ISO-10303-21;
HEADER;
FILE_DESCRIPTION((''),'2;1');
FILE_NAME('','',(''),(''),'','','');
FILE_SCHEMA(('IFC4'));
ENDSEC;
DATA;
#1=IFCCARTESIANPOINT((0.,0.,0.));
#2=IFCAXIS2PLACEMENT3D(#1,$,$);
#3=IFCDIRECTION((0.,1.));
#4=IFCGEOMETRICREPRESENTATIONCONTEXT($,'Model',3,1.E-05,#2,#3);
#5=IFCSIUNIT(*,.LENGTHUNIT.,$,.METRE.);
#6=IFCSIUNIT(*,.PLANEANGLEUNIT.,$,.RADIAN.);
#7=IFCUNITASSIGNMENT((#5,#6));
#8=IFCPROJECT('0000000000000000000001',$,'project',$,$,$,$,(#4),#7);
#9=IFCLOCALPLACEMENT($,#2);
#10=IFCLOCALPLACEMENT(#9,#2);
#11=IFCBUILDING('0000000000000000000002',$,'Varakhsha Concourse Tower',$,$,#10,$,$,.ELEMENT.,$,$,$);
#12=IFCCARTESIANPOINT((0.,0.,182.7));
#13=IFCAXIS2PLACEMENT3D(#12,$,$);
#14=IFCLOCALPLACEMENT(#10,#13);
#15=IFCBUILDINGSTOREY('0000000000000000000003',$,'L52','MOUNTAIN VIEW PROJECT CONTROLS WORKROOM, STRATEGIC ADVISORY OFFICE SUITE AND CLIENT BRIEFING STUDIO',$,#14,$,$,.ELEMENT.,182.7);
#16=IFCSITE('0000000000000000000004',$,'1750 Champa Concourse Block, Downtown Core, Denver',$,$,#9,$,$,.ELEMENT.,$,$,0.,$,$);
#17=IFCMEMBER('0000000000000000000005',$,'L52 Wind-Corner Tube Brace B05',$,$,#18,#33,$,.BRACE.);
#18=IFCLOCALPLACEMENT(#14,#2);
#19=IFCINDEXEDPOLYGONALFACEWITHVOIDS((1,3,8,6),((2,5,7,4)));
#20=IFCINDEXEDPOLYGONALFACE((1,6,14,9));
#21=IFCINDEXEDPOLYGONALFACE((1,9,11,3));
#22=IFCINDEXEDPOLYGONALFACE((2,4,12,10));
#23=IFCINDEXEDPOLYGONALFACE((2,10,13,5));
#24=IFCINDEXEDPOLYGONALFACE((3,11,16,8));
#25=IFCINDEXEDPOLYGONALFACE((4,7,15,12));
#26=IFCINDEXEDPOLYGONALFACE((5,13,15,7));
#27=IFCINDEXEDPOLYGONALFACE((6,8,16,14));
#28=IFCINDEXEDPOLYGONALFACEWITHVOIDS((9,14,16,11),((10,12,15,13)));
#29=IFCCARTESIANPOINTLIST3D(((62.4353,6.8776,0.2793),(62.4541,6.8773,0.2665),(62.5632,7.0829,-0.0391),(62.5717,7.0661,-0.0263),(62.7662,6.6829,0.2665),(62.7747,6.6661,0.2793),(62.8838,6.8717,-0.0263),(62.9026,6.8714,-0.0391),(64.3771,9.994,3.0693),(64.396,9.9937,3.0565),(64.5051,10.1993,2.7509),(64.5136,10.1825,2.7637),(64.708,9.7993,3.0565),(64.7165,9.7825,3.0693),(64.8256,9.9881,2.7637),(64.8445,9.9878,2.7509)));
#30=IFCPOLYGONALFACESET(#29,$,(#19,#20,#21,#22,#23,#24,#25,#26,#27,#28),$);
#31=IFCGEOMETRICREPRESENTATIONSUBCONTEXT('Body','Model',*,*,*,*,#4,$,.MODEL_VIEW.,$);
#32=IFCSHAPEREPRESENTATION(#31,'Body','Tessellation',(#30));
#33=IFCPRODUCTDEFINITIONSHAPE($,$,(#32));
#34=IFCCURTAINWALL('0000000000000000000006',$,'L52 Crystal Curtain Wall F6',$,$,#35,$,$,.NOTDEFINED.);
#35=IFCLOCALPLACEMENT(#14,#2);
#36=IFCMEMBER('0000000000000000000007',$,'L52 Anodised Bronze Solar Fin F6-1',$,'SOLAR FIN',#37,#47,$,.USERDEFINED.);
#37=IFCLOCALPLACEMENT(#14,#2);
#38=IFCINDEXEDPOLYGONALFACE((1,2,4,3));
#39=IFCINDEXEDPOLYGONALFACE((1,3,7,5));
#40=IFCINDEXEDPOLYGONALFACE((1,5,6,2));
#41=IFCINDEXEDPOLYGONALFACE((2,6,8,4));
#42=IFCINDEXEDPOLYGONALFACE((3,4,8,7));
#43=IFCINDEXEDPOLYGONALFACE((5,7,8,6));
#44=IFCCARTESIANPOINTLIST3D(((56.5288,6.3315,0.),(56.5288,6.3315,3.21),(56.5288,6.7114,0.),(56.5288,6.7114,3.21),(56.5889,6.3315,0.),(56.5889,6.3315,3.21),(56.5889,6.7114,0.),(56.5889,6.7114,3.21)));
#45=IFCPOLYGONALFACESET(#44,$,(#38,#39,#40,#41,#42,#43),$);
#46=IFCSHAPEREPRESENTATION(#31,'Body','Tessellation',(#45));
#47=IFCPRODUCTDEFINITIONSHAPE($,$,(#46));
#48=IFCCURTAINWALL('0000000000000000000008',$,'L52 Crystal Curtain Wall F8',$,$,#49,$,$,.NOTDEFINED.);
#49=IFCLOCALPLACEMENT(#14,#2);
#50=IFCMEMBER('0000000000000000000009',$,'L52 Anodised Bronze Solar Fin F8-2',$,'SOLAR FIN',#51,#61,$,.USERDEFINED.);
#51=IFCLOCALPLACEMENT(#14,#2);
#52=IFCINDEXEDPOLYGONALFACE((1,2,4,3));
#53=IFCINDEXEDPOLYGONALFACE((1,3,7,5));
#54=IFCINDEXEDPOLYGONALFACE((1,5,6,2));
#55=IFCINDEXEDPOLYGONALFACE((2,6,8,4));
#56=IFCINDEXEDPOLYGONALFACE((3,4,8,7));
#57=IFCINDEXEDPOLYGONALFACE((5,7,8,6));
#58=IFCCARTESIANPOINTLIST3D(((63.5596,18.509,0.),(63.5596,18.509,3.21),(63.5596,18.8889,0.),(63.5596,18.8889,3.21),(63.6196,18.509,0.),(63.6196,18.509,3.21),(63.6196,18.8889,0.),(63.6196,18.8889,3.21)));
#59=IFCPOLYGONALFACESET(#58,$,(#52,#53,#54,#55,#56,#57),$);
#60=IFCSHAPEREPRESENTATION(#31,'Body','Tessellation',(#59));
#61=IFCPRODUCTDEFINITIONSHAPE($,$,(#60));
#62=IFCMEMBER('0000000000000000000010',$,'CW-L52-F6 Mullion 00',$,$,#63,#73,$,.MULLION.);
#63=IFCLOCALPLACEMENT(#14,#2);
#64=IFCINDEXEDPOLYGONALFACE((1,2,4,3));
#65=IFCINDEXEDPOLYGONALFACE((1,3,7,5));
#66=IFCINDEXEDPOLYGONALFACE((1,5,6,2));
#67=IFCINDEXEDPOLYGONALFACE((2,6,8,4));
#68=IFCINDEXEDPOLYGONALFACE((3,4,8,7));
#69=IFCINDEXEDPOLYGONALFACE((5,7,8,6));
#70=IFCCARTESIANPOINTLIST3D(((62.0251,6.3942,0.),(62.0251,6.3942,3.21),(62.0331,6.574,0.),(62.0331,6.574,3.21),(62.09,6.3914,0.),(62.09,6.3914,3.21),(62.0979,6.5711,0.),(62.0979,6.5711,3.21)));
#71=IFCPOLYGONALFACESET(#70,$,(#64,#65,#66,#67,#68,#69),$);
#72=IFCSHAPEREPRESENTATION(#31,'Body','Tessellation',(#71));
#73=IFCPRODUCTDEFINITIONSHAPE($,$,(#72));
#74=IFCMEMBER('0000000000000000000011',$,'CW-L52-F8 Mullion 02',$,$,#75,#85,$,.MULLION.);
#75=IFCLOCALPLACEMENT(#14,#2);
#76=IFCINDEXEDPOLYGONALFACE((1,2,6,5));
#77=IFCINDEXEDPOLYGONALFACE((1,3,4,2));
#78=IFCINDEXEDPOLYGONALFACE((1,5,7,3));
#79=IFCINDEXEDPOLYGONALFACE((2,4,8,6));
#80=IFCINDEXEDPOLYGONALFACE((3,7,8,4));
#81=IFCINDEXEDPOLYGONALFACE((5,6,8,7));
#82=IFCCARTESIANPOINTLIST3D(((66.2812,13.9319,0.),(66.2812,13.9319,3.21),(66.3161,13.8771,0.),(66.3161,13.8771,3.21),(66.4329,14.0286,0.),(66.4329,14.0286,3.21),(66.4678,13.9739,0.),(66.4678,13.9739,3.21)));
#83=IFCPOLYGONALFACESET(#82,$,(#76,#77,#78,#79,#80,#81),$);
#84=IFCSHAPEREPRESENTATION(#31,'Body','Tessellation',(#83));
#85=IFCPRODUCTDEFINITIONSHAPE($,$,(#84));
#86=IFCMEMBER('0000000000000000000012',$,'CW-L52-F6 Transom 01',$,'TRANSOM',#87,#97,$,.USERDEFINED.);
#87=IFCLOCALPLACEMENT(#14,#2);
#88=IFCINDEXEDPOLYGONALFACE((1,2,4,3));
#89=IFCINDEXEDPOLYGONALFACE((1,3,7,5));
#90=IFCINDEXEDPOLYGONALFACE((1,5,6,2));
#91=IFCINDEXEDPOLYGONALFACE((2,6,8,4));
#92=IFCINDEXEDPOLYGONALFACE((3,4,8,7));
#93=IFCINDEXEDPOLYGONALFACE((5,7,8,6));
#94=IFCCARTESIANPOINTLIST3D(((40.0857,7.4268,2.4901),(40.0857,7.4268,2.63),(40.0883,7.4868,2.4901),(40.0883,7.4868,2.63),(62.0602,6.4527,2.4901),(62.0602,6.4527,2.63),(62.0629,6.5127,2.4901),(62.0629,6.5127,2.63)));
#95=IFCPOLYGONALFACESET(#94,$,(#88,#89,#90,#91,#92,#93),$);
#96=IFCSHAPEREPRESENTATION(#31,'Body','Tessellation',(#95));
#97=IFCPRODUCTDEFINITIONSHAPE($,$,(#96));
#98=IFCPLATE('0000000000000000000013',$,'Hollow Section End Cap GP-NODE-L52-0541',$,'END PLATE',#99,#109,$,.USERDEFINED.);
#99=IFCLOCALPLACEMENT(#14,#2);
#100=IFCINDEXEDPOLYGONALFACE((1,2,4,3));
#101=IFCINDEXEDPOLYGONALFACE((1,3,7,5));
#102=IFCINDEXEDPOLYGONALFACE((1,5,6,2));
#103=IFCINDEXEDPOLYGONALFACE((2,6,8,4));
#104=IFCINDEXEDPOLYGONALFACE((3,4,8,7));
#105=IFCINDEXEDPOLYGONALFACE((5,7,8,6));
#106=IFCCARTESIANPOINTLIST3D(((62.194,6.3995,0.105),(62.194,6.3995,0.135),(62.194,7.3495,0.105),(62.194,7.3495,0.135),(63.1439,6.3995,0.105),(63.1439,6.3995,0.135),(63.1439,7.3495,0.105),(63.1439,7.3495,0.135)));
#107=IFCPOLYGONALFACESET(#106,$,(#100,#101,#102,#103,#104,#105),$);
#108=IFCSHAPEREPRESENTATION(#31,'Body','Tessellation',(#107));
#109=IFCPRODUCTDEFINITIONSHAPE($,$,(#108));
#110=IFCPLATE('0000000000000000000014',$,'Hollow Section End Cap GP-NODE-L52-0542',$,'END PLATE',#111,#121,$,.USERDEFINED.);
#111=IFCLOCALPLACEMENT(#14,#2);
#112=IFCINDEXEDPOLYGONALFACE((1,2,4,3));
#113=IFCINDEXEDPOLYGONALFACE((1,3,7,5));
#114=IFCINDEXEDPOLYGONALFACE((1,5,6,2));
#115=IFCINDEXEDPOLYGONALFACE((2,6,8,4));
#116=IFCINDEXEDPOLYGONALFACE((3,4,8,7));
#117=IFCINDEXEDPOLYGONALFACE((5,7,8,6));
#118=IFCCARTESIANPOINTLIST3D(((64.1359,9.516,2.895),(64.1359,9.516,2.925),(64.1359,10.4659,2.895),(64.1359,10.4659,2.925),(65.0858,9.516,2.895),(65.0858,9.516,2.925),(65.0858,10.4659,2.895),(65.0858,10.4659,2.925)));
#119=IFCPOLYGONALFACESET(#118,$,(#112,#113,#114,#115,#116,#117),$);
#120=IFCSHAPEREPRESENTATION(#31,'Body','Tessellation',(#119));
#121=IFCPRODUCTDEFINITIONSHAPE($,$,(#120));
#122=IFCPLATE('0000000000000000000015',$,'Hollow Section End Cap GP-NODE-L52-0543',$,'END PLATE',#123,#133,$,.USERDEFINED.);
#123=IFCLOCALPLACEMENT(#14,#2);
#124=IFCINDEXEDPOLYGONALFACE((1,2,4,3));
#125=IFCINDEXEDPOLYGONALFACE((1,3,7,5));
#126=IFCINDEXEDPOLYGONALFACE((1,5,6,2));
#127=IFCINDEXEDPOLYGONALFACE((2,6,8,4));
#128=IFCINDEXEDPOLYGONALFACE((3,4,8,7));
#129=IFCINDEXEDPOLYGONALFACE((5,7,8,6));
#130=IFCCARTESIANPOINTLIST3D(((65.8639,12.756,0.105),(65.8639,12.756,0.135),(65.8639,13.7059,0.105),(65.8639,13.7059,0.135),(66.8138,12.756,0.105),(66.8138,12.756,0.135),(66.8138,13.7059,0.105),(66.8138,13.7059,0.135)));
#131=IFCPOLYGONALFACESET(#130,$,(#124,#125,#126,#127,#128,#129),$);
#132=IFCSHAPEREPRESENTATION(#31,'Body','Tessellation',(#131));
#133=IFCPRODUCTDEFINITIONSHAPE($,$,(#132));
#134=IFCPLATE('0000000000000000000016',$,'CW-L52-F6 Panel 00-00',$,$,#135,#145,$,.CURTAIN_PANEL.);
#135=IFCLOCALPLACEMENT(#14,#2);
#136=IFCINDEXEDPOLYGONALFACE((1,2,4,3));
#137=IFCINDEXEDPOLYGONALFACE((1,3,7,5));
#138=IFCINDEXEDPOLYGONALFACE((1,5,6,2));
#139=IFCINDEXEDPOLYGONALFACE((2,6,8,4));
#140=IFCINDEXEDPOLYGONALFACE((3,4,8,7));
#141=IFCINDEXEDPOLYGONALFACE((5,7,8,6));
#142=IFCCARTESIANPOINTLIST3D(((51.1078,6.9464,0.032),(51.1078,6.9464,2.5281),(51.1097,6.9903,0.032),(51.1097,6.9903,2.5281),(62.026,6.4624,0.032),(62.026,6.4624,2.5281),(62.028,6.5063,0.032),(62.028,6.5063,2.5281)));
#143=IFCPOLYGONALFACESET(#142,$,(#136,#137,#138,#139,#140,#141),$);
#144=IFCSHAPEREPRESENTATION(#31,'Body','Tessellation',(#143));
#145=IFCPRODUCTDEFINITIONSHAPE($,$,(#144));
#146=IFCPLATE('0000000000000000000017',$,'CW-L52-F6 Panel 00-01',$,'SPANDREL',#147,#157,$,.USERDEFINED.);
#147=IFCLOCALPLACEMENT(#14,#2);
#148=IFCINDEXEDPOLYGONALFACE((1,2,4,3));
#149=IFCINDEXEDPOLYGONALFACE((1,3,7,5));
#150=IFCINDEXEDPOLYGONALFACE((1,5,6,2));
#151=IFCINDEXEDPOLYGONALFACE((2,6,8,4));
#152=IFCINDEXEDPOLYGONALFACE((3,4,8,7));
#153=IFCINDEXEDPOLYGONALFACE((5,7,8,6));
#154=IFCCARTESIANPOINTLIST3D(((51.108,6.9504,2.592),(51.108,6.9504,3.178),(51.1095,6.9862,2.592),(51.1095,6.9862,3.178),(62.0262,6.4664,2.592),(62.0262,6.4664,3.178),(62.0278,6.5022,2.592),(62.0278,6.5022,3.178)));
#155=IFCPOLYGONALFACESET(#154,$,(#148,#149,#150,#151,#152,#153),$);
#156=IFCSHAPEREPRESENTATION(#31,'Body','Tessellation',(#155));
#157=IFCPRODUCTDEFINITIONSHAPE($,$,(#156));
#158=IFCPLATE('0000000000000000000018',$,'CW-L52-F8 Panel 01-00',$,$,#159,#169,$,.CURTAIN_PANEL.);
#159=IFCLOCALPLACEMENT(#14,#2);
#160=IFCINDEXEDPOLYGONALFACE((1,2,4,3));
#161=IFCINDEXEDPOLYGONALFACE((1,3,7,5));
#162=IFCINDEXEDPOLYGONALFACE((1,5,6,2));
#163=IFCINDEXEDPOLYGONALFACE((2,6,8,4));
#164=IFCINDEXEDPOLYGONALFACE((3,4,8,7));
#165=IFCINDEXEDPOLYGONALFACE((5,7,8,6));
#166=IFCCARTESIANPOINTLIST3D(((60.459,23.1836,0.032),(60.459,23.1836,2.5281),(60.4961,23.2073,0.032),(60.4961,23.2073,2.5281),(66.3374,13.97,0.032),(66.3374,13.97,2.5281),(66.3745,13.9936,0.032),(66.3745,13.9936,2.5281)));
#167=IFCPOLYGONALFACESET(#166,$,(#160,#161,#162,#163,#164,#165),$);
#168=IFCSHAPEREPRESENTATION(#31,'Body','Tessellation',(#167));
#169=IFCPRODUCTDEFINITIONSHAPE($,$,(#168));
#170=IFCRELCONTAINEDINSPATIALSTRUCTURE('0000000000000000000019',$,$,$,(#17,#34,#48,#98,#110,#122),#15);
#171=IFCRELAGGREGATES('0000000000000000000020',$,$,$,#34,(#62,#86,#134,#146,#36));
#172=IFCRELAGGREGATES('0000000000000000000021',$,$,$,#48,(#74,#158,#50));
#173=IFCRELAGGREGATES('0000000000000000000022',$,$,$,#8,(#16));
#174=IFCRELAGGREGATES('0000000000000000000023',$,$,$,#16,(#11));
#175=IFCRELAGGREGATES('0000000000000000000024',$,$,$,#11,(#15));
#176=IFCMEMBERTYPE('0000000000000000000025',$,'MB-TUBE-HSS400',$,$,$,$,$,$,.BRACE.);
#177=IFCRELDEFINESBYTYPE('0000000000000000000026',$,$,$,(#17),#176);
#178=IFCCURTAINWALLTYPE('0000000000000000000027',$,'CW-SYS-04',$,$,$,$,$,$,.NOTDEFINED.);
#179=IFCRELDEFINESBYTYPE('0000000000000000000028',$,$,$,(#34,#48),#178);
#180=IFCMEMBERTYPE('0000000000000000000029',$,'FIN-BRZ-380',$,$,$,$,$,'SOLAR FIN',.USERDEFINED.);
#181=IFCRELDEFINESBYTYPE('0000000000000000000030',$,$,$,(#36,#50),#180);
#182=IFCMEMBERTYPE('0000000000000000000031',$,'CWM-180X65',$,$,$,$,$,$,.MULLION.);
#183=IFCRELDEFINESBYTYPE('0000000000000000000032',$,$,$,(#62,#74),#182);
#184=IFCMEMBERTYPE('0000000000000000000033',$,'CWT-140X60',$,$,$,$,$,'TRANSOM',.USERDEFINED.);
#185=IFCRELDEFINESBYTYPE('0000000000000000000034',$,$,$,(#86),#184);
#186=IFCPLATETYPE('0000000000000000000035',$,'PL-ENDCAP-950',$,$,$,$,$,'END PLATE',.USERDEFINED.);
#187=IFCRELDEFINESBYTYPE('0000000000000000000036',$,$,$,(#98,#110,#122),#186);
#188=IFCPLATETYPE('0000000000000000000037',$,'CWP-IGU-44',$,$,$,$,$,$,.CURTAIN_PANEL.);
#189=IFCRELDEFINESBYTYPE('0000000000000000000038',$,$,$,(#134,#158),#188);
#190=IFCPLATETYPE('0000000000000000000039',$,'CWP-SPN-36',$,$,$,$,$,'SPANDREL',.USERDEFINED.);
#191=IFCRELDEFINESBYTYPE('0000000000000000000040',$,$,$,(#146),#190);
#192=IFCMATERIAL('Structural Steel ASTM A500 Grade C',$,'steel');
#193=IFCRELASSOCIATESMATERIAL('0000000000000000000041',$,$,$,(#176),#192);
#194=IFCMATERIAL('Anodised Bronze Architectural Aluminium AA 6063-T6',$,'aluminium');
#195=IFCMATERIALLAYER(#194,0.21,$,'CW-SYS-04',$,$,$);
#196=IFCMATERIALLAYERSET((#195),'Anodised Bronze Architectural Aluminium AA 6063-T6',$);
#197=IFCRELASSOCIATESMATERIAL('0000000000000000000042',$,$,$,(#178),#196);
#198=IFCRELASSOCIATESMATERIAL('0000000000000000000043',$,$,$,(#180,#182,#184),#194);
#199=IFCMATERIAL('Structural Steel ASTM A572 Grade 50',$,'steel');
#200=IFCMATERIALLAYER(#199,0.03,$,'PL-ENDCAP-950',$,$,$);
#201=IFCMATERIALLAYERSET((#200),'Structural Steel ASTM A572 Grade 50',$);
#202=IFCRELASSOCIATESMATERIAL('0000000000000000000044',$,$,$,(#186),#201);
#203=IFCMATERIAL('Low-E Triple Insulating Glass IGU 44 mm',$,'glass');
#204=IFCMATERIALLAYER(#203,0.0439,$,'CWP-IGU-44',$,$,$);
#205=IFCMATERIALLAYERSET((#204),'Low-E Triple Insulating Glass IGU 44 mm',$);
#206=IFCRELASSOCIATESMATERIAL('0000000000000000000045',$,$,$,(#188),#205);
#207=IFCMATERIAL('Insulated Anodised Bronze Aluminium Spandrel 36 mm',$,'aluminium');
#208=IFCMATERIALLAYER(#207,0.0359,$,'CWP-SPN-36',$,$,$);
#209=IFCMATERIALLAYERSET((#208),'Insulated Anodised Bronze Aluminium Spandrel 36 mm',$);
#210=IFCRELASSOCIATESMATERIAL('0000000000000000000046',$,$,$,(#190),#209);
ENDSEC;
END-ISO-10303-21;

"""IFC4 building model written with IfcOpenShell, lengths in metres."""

from ifc_helpers import new_model, si_unit, direction, frame, origin, origin_2d, place, context, subcontext, project, spatial, rectangle, hollow_rectangle, extrude, source, transform, mapped, material, layer, layer_set, material_profile, profile_set, type_object, type_shapes, element, aggregate, save


model = new_model("IFC4")

# Units and contexts
model_context = context("Model", 3, precision=1e-05, world=origin(), true_north=direction((0.0, 1.0)))
body_context = subcontext(model_context, "Body", "Model", "MODEL_VIEW")
ifc_project = project(units=[si_unit("LENGTHUNIT", "METRE"), si_unit("PLANEANGLEUNIT", "RADIAN")], contexts=[model_context])

# Site, building, storey
site_placement = place(None, origin())
site = spatial("IfcSite", under=ifc_project, at=site_placement, Name="1750 Champa Concourse Block, Downtown Core, Denver", CompositionType="ELEMENT", RefElevation=0.0)
building_placement = place(site_placement, origin())
building = spatial("IfcBuilding", under=site, at=building_placement, Name="Varakhsha Concourse Tower", CompositionType="ELEMENT")
storey_placement = place(building_placement, frame((0.0, 0.0, 182.7)))
storey = spatial("IfcBuildingStorey", under=building, at=storey_placement, Name="L52", Description="MOUNTAIN VIEW PROJECT CONTROLS WORKROOM, STRATEGIC ADVISORY OFFICE SUITE AND CLIENT BRIEFING STUDIO", CompositionType="ELEMENT", Elevation=182.7)

# Shared definitions
ifc_material_1 = material(Name="Structural Steel ASTM A572 Grade 50", Category="steel")

# Member
ifc_material_2 = material(Name="Structural Steel ASTM A500 Grade C", Category="steel")
ifc_material_profile_1 = material_profile(ifc_material_2, hollow_rectangle(XDim=0.3999, YDim=0.3999, WallThickness=0.0161, at=origin_2d()), Name="HSS 400x400x16")
ifc_profile_set_1 = profile_set([ifc_material_profile_1], Name="Structural Steel ASTM A500 Grade C")
member_type_1 = type_object("IfcMemberType", Name="MB-TUBE-HSS400", PredefinedType="BRACE", material=ifc_profile_set_1)
shared_shape_1 = source(origin(), body_context, "Body", "SweptSolid", [
    extrude(hollow_rectangle(XDim=0.3999, YDim=0.3999, WallThickness=0.0161, at=origin_2d()), origin(), (0.0, 0.0, 1.0), 4.6116),
])
member_1_placement = place(storey_placement, frame((62.6689, 6.8745, 0.1201), z_axis=(0.421082, 0.675775, 0.604994), x_axis=(-0.848718, 0.528845, 0.0)))
element("IfcMember", 1, at=member_1_placement, inside=storey, type_object=member_type_1, Name="L52 Wind-Corner Tube Brace B05", PredefinedType="BRACE", context=body_context, shape_type="MappedRepresentation", body=[
    mapped(shared_shape_1, transform((0.0, 0.0, 0.0), scale=1.0)),
])

# Curtain walls, members
ifc_material_3 = material(Name="Anodised Bronze Architectural Aluminium AA 6063-T6", Category="aluminium")
ifc_layer_1 = layer(ifc_material_3, 0.21, Name="CW-SYS-04")
ifc_layer_set_1 = layer_set([ifc_layer_1], Name="Anodised Bronze Architectural Aluminium AA 6063-T6")
curtain_wall_type = type_object("IfcCurtainWallType", Name="CW-SYS-04", PredefinedType="NOTDEFINED", material=ifc_layer_set_1)
curtain_wall_1_placement = place(storey_placement, origin())
curtain_wall_1 = element("IfcCurtainWall", 2, at=curtain_wall_1_placement, inside=storey, type_object=curtain_wall_type, Name="L52 Crystal Curtain Wall F6", PredefinedType="NOTDEFINED")
ifc_material_profile_2 = material_profile(ifc_material_3, rectangle(XDim=0.0601, YDim=0.3799, at=origin_2d()), Name="FIN-BRZ-380")
ifc_profile_set_2 = profile_set([ifc_material_profile_2], Name="Anodised Bronze Architectural Aluminium AA 6063-T6")
member_type_2 = type_object("IfcMemberType", Name="FIN-BRZ-380", ElementType="SOLAR FIN", PredefinedType="USERDEFINED", material=ifc_profile_set_2)
shared_shape_2 = source(origin(), body_context, "Body", "SweptSolid", [
    extrude(rectangle(XDim=0.0601, YDim=0.3799, at=origin_2d()), origin(), (0.0, 0.0, 1.0), 3.21),
])
type_shapes(member_type_2, [shared_shape_2])
member_2_placement = place(storey_placement, frame((56.5588, 6.5215, 0.0), z_axis=(0.0, 0.0, 1.0), x_axis=(1.0, 0.0, 0.0)))
member_2 = element("IfcMember", 3, at=member_2_placement, type_object=member_type_2, Name="L52 Anodised Bronze Solar Fin F6-1", ObjectType="SOLAR FIN", PredefinedType="USERDEFINED", context=body_context, shape_type="MappedRepresentation", body=[
    mapped(shared_shape_2, transform((0.0, 0.0, 0.0), scale=1.0)),
])
curtain_wall_2_placement = place(storey_placement, origin())
curtain_wall_2 = element("IfcCurtainWall", 4, at=curtain_wall_2_placement, inside=storey, type_object=curtain_wall_type, Name="L52 Crystal Curtain Wall F8", PredefinedType="NOTDEFINED")
member_3_placement = place(storey_placement, frame((63.5896, 18.699, 0.0), z_axis=(0.0, 0.0, 1.0), x_axis=(1.0, 0.0, 0.0)))
member_3 = element("IfcMember", 5, at=member_3_placement, type_object=member_type_2, Name="L52 Anodised Bronze Solar Fin F8-2", ObjectType="SOLAR FIN", PredefinedType="USERDEFINED", context=body_context, shape_type="MappedRepresentation", body=[
    mapped(shared_shape_2, transform((0.0, 0.0, 0.0), scale=1.0)),
])

# Members
ifc_material_profile_3 = material_profile(ifc_material_3, rectangle(XDim=0.0649, YDim=0.1799, at=origin_2d()), Name="CWM-180X65")
ifc_profile_set_3 = profile_set([ifc_material_profile_3], Name="Anodised Bronze Architectural Aluminium AA 6063-T6")
member_type_3 = type_object("IfcMemberType", Name="CWM-180X65", PredefinedType="MULLION", material=ifc_profile_set_3)
shared_shape_3 = source(origin(), body_context, "Body", "SweptSolid", [
    extrude(rectangle(XDim=0.0649, YDim=0.1799, at=origin_2d()), origin(), (0.0, 0.0, 1.0), 3.21),
])
type_shapes(member_type_3, [shared_shape_3])
member_4_placement = place(storey_placement, frame((62.0615, 6.4827, 0.0), z_axis=(0.0, 0.0, 1.0), x_axis=(-0.999019, 0.044285, 0.0)))
member_4 = element("IfcMember", 6, at=member_4_placement, type_object=member_type_3, Name="CW-L52-F6 Mullion 00", PredefinedType="MULLION", context=body_context, shape_type="MappedRepresentation", body=[
    mapped(shared_shape_3, transform((0.0, 0.0, 0.0), scale=1.0)),
])
member_5_placement = place(storey_placement, frame((66.3745, 13.9529, 0.0), z_axis=(0.0, 0.0, 1.0), x_axis=(0.537863, -0.843032, 0.0)))
member_5 = element("IfcMember", 7, at=member_5_placement, type_object=member_type_3, Name="CW-L52-F8 Mullion 02", PredefinedType="MULLION", context=body_context, shape_type="MappedRepresentation", body=[
    mapped(shared_shape_3, transform((0.0, 0.0, 0.0), scale=1.0)),
])
ifc_material_profile_4 = material_profile(ifc_material_3, rectangle(XDim=0.0601, YDim=0.1399, at=origin_2d()), Name="CWT-140X60")
ifc_profile_set_4 = profile_set([ifc_material_profile_4], Name="Anodised Bronze Architectural Aluminium AA 6063-T6")
member_type_4 = type_object("IfcMemberType", Name="CWT-140X60", ElementType="TRANSOM", PredefinedType="USERDEFINED", material=ifc_profile_set_4)
shared_shape_4 = source(origin(), body_context, "Body", "SweptSolid", [
    extrude(rectangle(XDim=0.0601, YDim=0.1399, at=origin_2d()), origin(), (0.0, 0.0, 1.0), 21.9961),
])
type_shapes(member_type_4, [shared_shape_4])
member_6_placement = place(storey_placement, frame((62.0615, 6.4827, 2.5601), z_axis=(-0.999019, 0.044286, 0.0), x_axis=(-0.044286, -0.999019, 0.0)))
member_6 = element("IfcMember", 8, at=member_6_placement, type_object=member_type_4, Name="CW-L52-F6 Transom 01", ObjectType="TRANSOM", PredefinedType="USERDEFINED", context=body_context, shape_type="MappedRepresentation", body=[
    mapped(shared_shape_4, transform((0.0, 0.0, 0.0), scale=1.0)),
])

# Plates
ifc_layer_2 = layer(ifc_material_1, 0.03, Name="PL-ENDCAP-950")
ifc_layer_set_2 = layer_set([ifc_layer_2], Name="Structural Steel ASTM A572 Grade 50")
plate_type_1 = type_object("IfcPlateType", Name="PL-ENDCAP-950", ElementType="END PLATE", PredefinedType="USERDEFINED", material=ifc_layer_set_2)
shared_shape_5 = source(origin(), body_context, "Body", "SweptSolid", [
    extrude(rectangle(XDim=0.95, YDim=0.95, at=origin_2d()), origin(), (0.0, 0.0, 1.0), 0.03),
])
type_shapes(plate_type_1, [shared_shape_5])
for number, where, z_axis, x_axis, name in (
    (9, (62.6689, 6.8745, 0.105), (0.0, 0.0, 1.0), (1.0, 0.0, 0.0), "Hollow Section End Cap GP-NODE-L52-0541"),
    (10, (64.6108, 9.991, 2.895), (0.0, 0.0, 1.0), (1.0, 0.0, 0.0), "Hollow Section End Cap GP-NODE-L52-0542"),
    (11, (66.3389, 13.231, 0.105), (0.0, 0.0, 1.0), (1.0, 0.0, 0.0), "Hollow Section End Cap GP-NODE-L52-0543"),
):
    element("IfcPlate", number, at=place(storey_placement, frame(where, z_axis=z_axis, x_axis=x_axis)), inside=storey, type_object=plate_type_1, Name=name, ObjectType="END PLATE", PredefinedType="USERDEFINED", context=body_context, shape_type="MappedRepresentation", body=[
        mapped(shared_shape_5, transform((0.0, 0.0, 0.0), scale=1.0)),
    ])

# Plates
ifc_material_4 = material(Name="Low-E Triple Insulating Glass IGU 44 mm", Category="glass")
ifc_layer_3 = layer(ifc_material_4, 0.0439, Name="CWP-IGU-44")
ifc_layer_set_3 = layer_set([ifc_layer_3], Name="Low-E Triple Insulating Glass IGU 44 mm")
plate_type_2 = type_object("IfcPlateType", Name="CWP-IGU-44", PredefinedType="CURTAIN_PANEL", material=ifc_layer_set_3)
shared_shape_6 = source(origin(), body_context, "Body", "SweptSolid", [
    extrude(rectangle(XDim=10.929, YDim=0.0439, at=origin_2d()), origin(), (0.0, 0.0, 1.0), 2.4961),
])
plate_1_placement = place(storey_placement, frame((56.5679, 6.7263, 0.032), z_axis=(0.0, 0.0, 1.0), x_axis=(-0.999019, 0.044285, 0.0)))
plate_1 = element("IfcPlate", 12, at=plate_1_placement, type_object=plate_type_2, Name="CW-L52-F6 Panel 00-00", PredefinedType="CURTAIN_PANEL", context=body_context, shape_type="MappedRepresentation", body=[
    mapped(shared_shape_6, transform((0.0, 0.0, 0.0), scale=1.0)),
])
ifc_material_5 = material(Name="Insulated Anodised Bronze Aluminium Spandrel 36 mm", Category="aluminium")
ifc_layer_4 = layer(ifc_material_5, 0.0359, Name="CWP-SPN-36")
ifc_layer_set_4 = layer_set([ifc_layer_4], Name="Insulated Anodised Bronze Aluminium Spandrel 36 mm")
plate_type_3 = type_object("IfcPlateType", Name="CWP-SPN-36", ElementType="SPANDREL", PredefinedType="USERDEFINED", material=ifc_layer_set_4)
shared_shape_7 = source(origin(), body_context, "Body", "SweptSolid", [
    extrude(rectangle(XDim=10.929, YDim=0.0359, at=origin_2d()), origin(), (0.0, 0.0, 1.0), 0.5859),
])
plate_2_placement = place(storey_placement, frame((56.5679, 6.7263, 2.592), z_axis=(0.0, 0.0, 1.0), x_axis=(-0.999019, 0.044285, 0.0)))
plate_2 = element("IfcPlate", 13, at=plate_2_placement, type_object=plate_type_3, Name="CW-L52-F6 Panel 00-01", ObjectType="SPANDREL", PredefinedType="USERDEFINED", context=body_context, shape_type="MappedRepresentation", body=[
    mapped(shared_shape_7, transform((0.0, 0.0, 0.0), scale=1.0)),
])
aggregate(curtain_wall_1, [member_4, member_6, plate_1, plate_2, member_2])
shared_shape_8 = source(origin(), body_context, "Body", "SweptSolid", [
    extrude(rectangle(XDim=10.9292, YDim=0.0439, at=origin_2d()), origin(), (0.0, 0.0, 1.0), 2.4961),
])
type_shapes(plate_type_2, [shared_shape_6, shared_shape_8])
plate_3_placement = place(storey_placement, frame((63.4167, 18.5886, 0.032), z_axis=(0.0, 0.0, 1.0), x_axis=(0.537863, -0.843032, 0.0)))
plate_3 = element("IfcPlate", 14, at=plate_3_placement, type_object=plate_type_2, Name="CW-L52-F8 Panel 01-00", PredefinedType="CURTAIN_PANEL", context=body_context, shape_type="MappedRepresentation", body=[
    mapped(shared_shape_8, transform((0.0, 0.0, 0.0), scale=1.0)),
])
aggregate(curtain_wall_2, [member_5, plate_3, member_3])

save(model, "model.ifc")
